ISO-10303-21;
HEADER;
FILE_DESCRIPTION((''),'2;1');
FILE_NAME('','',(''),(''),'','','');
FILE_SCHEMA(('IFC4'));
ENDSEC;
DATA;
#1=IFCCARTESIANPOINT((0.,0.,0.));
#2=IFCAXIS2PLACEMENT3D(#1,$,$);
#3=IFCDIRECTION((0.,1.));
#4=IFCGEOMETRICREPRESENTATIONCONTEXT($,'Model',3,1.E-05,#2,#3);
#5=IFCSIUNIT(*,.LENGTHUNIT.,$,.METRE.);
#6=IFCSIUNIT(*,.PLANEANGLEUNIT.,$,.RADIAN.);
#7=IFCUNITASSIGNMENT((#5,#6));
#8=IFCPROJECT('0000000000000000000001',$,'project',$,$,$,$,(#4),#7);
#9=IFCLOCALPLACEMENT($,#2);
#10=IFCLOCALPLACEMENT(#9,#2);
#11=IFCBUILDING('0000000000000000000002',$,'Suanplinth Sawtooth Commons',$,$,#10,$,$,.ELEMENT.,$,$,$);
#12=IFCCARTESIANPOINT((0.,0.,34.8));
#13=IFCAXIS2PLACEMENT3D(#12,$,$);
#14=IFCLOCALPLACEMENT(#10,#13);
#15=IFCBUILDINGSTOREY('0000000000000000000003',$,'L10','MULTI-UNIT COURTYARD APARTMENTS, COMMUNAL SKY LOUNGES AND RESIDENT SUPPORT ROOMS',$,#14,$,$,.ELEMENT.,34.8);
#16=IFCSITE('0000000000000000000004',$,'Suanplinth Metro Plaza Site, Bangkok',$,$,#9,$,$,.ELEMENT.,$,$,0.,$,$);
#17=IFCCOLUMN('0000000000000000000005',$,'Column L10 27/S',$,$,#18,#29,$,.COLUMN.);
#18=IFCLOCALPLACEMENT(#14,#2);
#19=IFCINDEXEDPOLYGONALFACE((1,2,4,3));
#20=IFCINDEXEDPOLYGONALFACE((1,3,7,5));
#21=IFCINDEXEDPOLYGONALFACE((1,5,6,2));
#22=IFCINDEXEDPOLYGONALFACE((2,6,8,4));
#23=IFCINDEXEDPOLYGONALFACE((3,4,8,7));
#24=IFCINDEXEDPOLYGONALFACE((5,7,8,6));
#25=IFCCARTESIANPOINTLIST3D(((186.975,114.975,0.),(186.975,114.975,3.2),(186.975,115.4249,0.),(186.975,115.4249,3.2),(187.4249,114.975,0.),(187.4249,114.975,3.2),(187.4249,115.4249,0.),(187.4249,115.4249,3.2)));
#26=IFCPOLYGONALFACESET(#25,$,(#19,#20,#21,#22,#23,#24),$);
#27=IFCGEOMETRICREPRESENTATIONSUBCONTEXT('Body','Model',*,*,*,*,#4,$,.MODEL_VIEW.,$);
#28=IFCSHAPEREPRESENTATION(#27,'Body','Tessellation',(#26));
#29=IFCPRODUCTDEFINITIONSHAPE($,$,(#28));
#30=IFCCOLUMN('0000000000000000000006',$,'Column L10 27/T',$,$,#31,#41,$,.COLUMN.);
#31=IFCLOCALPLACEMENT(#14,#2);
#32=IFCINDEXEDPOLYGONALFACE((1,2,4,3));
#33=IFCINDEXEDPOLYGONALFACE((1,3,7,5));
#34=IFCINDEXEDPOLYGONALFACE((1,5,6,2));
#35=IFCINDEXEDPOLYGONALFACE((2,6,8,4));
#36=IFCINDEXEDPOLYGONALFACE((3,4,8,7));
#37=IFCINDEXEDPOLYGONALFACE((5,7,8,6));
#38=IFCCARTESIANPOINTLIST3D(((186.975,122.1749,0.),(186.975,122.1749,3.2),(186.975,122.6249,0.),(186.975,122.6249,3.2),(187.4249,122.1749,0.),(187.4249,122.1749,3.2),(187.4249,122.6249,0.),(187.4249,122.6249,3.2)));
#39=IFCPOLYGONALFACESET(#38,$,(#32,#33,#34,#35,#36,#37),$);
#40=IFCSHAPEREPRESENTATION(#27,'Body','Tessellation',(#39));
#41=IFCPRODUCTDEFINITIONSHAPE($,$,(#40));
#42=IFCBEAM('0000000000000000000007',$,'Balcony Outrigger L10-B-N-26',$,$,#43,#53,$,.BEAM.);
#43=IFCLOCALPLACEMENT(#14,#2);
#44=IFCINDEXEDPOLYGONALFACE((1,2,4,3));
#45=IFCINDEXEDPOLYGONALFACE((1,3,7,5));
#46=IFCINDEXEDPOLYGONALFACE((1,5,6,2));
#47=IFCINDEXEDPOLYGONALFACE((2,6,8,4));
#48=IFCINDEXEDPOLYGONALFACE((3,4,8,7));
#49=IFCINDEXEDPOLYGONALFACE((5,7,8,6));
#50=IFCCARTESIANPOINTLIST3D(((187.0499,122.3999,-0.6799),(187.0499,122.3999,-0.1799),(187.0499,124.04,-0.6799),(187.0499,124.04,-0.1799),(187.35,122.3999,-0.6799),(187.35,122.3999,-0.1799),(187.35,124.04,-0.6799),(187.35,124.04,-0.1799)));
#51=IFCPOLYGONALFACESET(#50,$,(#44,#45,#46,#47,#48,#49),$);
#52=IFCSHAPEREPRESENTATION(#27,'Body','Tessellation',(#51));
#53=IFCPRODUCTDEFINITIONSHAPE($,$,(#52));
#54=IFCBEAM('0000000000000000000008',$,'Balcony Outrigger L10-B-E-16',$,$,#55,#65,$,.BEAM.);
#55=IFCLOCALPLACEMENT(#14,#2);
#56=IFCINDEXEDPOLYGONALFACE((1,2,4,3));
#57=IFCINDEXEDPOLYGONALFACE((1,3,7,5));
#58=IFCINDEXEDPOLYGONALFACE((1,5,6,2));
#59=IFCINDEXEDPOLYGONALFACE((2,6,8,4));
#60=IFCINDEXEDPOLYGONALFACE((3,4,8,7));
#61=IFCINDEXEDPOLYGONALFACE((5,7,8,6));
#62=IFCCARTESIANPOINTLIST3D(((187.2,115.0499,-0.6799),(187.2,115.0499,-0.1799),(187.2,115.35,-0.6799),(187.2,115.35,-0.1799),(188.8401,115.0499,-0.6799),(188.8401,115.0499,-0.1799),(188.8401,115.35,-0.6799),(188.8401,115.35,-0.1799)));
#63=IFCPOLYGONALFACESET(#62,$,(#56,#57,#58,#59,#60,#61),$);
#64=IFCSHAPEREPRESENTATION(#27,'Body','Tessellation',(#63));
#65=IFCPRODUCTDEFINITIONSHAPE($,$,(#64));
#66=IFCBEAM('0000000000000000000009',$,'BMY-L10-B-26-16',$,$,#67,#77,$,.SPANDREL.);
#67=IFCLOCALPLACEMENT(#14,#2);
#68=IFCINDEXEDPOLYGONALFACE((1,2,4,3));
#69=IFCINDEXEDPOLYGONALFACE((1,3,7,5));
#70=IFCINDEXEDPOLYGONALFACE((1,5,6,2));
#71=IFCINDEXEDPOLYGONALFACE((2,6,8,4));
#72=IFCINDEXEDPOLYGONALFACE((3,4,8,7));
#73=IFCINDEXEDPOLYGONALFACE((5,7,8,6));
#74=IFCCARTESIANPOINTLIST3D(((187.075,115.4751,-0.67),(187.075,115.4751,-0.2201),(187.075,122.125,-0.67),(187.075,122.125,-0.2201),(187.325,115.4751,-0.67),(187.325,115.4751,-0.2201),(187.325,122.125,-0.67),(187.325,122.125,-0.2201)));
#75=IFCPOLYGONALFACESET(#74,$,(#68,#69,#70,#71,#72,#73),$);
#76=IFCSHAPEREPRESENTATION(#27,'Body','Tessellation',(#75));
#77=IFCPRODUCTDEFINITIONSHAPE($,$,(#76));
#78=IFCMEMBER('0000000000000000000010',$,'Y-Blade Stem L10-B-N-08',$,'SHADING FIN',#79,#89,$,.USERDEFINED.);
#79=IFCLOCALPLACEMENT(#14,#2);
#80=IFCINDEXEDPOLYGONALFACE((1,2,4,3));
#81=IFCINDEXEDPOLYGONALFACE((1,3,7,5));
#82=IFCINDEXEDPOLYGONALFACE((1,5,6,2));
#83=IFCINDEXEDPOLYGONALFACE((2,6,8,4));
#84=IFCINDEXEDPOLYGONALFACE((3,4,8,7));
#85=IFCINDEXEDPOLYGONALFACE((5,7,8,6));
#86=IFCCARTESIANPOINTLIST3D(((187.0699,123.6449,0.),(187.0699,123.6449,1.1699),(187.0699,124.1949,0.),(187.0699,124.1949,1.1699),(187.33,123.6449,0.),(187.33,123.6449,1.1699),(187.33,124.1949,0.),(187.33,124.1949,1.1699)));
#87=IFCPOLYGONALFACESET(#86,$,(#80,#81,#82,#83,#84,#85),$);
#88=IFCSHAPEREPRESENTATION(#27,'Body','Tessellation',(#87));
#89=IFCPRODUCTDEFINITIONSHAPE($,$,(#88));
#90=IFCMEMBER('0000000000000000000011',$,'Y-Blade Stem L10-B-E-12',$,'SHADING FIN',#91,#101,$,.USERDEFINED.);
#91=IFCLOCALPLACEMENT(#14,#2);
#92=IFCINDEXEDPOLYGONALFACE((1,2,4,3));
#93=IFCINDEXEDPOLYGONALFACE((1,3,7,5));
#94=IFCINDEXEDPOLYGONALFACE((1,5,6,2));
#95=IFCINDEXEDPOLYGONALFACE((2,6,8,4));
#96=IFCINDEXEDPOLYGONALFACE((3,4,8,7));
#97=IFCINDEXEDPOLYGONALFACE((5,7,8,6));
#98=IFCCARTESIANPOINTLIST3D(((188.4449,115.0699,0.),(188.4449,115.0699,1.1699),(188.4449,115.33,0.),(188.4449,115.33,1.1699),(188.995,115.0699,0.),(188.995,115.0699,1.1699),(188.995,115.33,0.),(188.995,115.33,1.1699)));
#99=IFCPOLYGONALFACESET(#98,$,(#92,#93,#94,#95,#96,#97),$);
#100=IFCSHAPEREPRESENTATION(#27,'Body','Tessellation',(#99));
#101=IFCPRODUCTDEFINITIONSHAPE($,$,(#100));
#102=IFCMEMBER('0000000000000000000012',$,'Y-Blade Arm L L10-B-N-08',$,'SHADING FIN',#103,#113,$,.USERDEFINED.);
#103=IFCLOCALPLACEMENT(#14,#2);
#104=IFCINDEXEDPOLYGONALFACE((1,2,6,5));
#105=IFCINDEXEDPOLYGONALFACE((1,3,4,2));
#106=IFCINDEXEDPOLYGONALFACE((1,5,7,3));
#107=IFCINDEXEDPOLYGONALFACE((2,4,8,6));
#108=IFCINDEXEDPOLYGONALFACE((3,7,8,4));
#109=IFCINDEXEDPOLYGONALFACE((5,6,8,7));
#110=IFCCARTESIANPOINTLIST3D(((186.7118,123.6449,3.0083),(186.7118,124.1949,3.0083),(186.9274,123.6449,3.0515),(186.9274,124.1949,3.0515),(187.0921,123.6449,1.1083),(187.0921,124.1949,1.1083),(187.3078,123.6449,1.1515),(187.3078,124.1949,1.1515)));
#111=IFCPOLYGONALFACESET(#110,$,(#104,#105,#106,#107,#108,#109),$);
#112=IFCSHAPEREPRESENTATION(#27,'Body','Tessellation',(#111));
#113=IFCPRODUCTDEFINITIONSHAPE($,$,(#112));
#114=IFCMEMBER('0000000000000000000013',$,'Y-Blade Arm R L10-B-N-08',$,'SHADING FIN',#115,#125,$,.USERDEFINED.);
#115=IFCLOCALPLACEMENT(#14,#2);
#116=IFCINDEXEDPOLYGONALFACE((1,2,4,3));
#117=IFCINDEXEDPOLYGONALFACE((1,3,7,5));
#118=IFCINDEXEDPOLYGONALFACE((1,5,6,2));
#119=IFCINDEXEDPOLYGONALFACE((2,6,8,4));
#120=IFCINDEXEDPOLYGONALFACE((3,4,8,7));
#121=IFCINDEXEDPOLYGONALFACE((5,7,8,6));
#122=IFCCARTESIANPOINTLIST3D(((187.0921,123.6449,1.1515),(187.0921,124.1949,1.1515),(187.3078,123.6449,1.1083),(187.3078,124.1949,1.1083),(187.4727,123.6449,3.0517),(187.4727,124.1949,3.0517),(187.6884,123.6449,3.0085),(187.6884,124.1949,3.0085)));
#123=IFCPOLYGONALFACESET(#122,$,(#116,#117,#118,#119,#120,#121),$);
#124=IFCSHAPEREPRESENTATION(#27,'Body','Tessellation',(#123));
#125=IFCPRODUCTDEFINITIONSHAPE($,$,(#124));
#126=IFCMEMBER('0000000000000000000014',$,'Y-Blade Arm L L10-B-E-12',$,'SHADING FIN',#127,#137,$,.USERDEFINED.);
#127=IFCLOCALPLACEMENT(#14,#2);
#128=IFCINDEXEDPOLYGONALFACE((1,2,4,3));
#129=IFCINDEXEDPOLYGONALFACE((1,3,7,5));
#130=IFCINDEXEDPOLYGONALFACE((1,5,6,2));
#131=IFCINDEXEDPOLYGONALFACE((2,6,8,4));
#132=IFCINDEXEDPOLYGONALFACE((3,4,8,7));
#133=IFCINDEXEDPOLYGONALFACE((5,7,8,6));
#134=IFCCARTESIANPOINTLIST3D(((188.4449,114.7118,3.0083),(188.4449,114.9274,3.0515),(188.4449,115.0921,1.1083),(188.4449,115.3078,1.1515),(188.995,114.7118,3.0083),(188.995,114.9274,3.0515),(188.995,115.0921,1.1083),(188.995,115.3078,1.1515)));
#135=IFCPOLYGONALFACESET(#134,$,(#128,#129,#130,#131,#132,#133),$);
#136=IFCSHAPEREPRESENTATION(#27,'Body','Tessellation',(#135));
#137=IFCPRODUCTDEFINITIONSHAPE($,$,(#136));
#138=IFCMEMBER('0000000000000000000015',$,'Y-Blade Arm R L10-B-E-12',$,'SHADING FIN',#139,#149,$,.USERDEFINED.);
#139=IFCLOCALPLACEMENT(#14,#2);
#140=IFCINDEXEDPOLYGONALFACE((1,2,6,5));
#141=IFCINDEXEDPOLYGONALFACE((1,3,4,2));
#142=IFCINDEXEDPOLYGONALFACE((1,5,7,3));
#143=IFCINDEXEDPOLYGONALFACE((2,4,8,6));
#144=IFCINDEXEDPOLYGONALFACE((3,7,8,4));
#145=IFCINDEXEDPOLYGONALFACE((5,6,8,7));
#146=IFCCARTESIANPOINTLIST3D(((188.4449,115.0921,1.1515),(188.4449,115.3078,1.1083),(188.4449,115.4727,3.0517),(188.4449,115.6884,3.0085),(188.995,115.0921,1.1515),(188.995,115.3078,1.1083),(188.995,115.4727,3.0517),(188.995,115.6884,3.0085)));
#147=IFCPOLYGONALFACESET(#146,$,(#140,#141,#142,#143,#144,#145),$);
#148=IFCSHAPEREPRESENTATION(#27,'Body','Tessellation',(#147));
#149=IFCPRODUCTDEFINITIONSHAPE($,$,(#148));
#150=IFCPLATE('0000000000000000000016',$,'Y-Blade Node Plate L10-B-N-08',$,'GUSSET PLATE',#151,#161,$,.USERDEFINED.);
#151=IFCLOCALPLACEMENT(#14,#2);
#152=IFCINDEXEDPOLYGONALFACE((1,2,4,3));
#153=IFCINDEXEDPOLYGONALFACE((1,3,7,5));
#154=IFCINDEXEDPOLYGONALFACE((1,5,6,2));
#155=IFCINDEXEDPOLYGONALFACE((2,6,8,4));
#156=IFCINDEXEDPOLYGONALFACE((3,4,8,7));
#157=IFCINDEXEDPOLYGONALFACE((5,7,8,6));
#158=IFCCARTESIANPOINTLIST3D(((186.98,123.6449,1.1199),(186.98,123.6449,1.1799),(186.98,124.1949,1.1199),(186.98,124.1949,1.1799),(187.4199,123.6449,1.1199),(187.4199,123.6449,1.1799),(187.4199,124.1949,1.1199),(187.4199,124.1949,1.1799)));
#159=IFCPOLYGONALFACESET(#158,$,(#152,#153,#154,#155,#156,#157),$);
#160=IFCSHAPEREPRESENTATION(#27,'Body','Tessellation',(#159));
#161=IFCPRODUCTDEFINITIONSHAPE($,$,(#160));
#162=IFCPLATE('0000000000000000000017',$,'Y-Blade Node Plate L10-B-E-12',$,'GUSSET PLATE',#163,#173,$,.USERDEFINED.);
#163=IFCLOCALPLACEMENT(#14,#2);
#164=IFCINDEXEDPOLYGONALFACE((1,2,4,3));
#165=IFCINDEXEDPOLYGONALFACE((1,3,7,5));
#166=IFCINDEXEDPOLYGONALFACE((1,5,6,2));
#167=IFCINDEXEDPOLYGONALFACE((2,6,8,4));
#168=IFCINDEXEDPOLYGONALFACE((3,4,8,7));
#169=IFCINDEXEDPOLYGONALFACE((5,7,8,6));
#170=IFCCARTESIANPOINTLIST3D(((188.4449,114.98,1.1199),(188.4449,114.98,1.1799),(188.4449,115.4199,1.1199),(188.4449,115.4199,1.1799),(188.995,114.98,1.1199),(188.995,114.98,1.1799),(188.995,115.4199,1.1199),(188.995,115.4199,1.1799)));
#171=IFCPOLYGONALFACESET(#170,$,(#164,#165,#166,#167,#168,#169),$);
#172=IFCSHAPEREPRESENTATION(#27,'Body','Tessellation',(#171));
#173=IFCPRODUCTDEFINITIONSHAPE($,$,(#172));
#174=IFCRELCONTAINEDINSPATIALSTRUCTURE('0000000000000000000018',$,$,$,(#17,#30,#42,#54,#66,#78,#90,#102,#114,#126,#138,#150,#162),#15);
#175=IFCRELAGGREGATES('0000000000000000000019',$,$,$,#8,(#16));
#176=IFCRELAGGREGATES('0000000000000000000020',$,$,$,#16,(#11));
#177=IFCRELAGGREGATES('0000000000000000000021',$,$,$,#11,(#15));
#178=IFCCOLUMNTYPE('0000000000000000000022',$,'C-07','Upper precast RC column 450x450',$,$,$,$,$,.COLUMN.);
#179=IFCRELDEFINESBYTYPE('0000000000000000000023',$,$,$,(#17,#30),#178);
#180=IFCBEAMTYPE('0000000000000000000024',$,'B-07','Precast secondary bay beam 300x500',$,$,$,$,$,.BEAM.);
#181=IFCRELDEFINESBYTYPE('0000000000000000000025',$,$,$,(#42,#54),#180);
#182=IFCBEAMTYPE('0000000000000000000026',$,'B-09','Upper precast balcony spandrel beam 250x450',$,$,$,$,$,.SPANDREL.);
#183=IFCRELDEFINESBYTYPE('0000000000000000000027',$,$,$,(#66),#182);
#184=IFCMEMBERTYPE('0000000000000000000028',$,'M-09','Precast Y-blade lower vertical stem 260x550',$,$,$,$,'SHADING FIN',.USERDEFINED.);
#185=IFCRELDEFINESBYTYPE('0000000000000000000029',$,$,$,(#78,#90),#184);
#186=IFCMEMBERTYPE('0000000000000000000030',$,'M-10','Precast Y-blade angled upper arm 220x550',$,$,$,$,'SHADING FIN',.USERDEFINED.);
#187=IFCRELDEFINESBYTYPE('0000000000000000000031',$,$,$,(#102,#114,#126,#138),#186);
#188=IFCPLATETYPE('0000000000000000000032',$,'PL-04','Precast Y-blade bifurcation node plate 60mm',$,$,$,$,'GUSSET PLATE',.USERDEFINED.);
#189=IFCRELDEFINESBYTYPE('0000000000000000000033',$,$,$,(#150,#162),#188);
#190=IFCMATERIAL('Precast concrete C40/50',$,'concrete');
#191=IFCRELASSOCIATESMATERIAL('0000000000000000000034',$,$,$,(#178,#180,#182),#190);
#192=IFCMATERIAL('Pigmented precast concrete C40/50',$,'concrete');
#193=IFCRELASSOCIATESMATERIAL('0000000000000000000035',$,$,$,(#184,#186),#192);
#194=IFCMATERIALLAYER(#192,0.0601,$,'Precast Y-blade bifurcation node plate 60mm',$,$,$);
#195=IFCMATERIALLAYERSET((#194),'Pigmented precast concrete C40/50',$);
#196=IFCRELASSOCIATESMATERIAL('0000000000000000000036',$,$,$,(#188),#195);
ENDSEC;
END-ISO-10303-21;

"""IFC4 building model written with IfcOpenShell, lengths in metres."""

from ifc_helpers import new_model, si_unit, direction, frame, origin, origin_2d, place, context, subcontext, project, spatial, rectangle, extrude, material, layer, layer_set, material_profile, profile_set, type_object, element, save


model = new_model("IFC4")

# Units and contexts
model_context = context("Model", 3, precision=1e-05, world=origin(), true_north=direction((0.0, 1.0)))
body_context = subcontext(model_context, "Body", "Model", "MODEL_VIEW")
ifc_project = project(units=[si_unit("LENGTHUNIT", "METRE"), si_unit("PLANEANGLEUNIT", "RADIAN")], contexts=[model_context])

# Site, building, storey
site_placement = place(None, origin())
site = spatial("IfcSite", under=ifc_project, at=site_placement, Name="Suanplinth Metro Plaza Site, Bangkok", CompositionType="ELEMENT", RefElevation=0.0)
building_placement = place(site_placement, origin())
building = spatial("IfcBuilding", under=site, at=building_placement, Name="Suanplinth Sawtooth Commons", CompositionType="ELEMENT")
storey_placement = place(building_placement, frame((0.0, 0.0, 34.8)))
storey = spatial("IfcBuildingStorey", under=building, at=storey_placement, Name="L10", Description="MULTI-UNIT COURTYARD APARTMENTS, COMMUNAL SKY LOUNGES AND RESIDENT SUPPORT ROOMS", CompositionType="ELEMENT", Elevation=34.8)

# Columns
ifc_material_1 = material(Name="Precast concrete C40/50", Category="concrete")
ifc_material_profile_1 = material_profile(ifc_material_1, rectangle(XDim=0.45, YDim=0.45, at=origin_2d()), Name="PC-COL 450x450")
ifc_profile_set_1 = profile_set([ifc_material_profile_1], Name="Precast concrete C40/50")
column_type = type_object("IfcColumnType", Name="C-07", Description="Upper precast RC column 450x450", PredefinedType="COLUMN", material=ifc_profile_set_1)
for number, where, z_axis, x_axis, name in (
    (1, (187.2, 115.2, 0.0), (0.0, 0.0, 1.0), (1.0, 0.0, 0.0), "Column L10 27/S"),
    (2, (187.2, 122.3999, 0.0), (0.0, 0.0, 1.0), (1.0, 0.0, 0.0), "Column L10 27/T"),
):
    element("IfcColumn", number, at=place(storey_placement, frame(where, z_axis=z_axis, x_axis=x_axis)), inside=storey, type_object=column_type, Name=name, PredefinedType="COLUMN", context=body_context, shape_type="SweptSolid", body=[
        extrude(rectangle(XDim=0.45, YDim=0.45, at=origin_2d()), origin(), (0.0, 0.0, 1.0), 3.2),
    ])

# Beams
ifc_material_profile_2 = material_profile(ifc_material_1, rectangle(XDim=0.3, YDim=0.5, at=origin_2d()), Name="PC-BM 300x500")
ifc_profile_set_2 = profile_set([ifc_material_profile_2], Name="Precast concrete C40/50")
beam_type_1 = type_object("IfcBeamType", Name="B-07", Description="Precast secondary bay beam 300x500", PredefinedType="BEAM", material=ifc_profile_set_2)
for number, where, z_axis, x_axis, name in (
    (3, (187.2, 122.3999, -0.4299), (0.0, 1.0, 0.0), (-1.0, 0.0, 0.0), "Balcony Outrigger L10-B-N-26"),
    (4, (187.2, 115.2, -0.4299), (1.0, 0.0, 0.0), (0.0, 1.0, 0.0), "Balcony Outrigger L10-B-E-16"),
):
    element("IfcBeam", number, at=place(storey_placement, frame(where, z_axis=z_axis, x_axis=x_axis)), inside=storey, type_object=beam_type_1, Name=name, PredefinedType="BEAM", context=body_context, shape_type="SweptSolid", body=[
        extrude(rectangle(XDim=0.3, YDim=0.5, at=origin_2d()), origin(), (0.0, 0.0, 1.0), 1.6401),
    ])
ifc_material_profile_3 = material_profile(ifc_material_1, rectangle(XDim=0.25, YDim=0.45, at=origin_2d()), Name="PC-SP 250x450")
ifc_profile_set_3 = profile_set([ifc_material_profile_3], Name="Precast concrete C40/50")
beam_type_2 = type_object("IfcBeamType", Name="B-09", Description="Upper precast balcony spandrel beam 250x450", PredefinedType="SPANDREL", material=ifc_profile_set_3)
beam_placement = place(storey_placement, frame((187.2, 115.4751, -0.4451), z_axis=(0.0, 1.0, 0.0), x_axis=(-1.0, 0.0, 0.0)))
element("IfcBeam", 5, at=beam_placement, inside=storey, type_object=beam_type_2, Name="BMY-L10-B-26-16", PredefinedType="SPANDREL", context=body_context, shape_type="SweptSolid", body=[
    extrude(rectangle(XDim=0.25, YDim=0.45, at=origin_2d()), origin(), (0.0, 0.0, 1.0), 6.6499),
])

# Members
ifc_material_2 = material(Name="Pigmented precast concrete C40/50", Category="concrete")
ifc_material_profile_4 = material_profile(ifc_material_2, rectangle(XDim=0.26, YDim=0.55, at=origin_2d()), Name="PC-FIN 260x550")
ifc_profile_set_4 = profile_set([ifc_material_profile_4], Name="Pigmented precast concrete C40/50")
member_type_1 = type_object("IfcMemberType", Name="M-09", Description="Precast Y-blade lower vertical stem 260x550", ElementType="SHADING FIN", PredefinedType="USERDEFINED", material=ifc_profile_set_4)
for number, where, z_axis, x_axis, name in (
    (6, (187.2, 123.9199, 0.0), (0.0, 0.0, 1.0), (1.0, 0.0, 0.0), "Y-Blade Stem L10-B-N-08"),
    (7, (188.72, 115.2, 0.0), (0.0, 0.0, 1.0), (0.0, 1.0, 0.0), "Y-Blade Stem L10-B-E-12"),
):
    element("IfcMember", number, at=place(storey_placement, frame(where, z_axis=z_axis, x_axis=x_axis)), inside=storey, type_object=member_type_1, Name=name, ObjectType="SHADING FIN", PredefinedType="USERDEFINED", context=body_context, shape_type="SweptSolid", body=[
        extrude(rectangle(XDim=0.26, YDim=0.55, at=origin_2d()), origin(), (0.0, 0.0, 1.0), 1.1699),
    ])
ifc_material_profile_5 = material_profile(ifc_material_2, rectangle(XDim=0.22, YDim=0.55, at=origin_2d()), Name="PC-FIN 220x550")
ifc_profile_set_5 = profile_set([ifc_material_profile_5], Name="Pigmented precast concrete C40/50")
member_type_2 = type_object("IfcMemberType", Name="M-10", Description="Precast Y-blade angled upper arm 220x550", ElementType="SHADING FIN", PredefinedType="USERDEFINED", material=ifc_profile_set_5)
member_1_placement = place(storey_placement, frame((187.2, 123.9199, 1.1299), z_axis=(-0.196286, 0.0, 0.980547), x_axis=(0.980547, 0.0, 0.196286)))
element("IfcMember", 8, at=member_1_placement, inside=storey, type_object=member_type_2, Name="Y-Blade Arm L L10-B-N-08", ObjectType="SHADING FIN", PredefinedType="USERDEFINED", context=body_context, shape_type="SweptSolid", body=[
    extrude(rectangle(XDim=0.22, YDim=0.55, at=origin_2d()), origin(), (0.0, 0.0, 1.0), 1.9377),
])
member_2_placement = place(storey_placement, frame((187.2, 123.9199, 1.1299), z_axis=(0.196407, 0.0, 0.980522), x_axis=(-0.980522, 0.0, 0.196407)))
element("IfcMember", 9, at=member_2_placement, inside=storey, type_object=member_type_2, Name="Y-Blade Arm R L10-B-N-08", ObjectType="SHADING FIN", PredefinedType="USERDEFINED", context=body_context, shape_type="SweptSolid", body=[
    extrude(rectangle(XDim=0.22, YDim=0.55, at=origin_2d()), origin(), (0.0, 0.0, 1.0), 1.938),
])
member_3_placement = place(storey_placement, frame((188.72, 115.2, 1.1299), z_axis=(0.0, -0.196286, 0.980547), x_axis=(0.0, 0.980547, 0.196286)))
element("IfcMember", 10, at=member_3_placement, inside=storey, type_object=member_type_2, Name="Y-Blade Arm L L10-B-E-12", ObjectType="SHADING FIN", PredefinedType="USERDEFINED", context=body_context, shape_type="SweptSolid", body=[
    extrude(rectangle(XDim=0.22, YDim=0.55, at=origin_2d()), origin(), (0.0, 0.0, 1.0), 1.9377),
])
member_4_placement = place(storey_placement, frame((188.72, 115.2, 1.1299), z_axis=(0.0, 0.196407, 0.980522), x_axis=(0.0, -0.980522, 0.196407)))
element("IfcMember", 11, at=member_4_placement, inside=storey, type_object=member_type_2, Name="Y-Blade Arm R L10-B-E-12", ObjectType="SHADING FIN", PredefinedType="USERDEFINED", context=body_context, shape_type="SweptSolid", body=[
    extrude(rectangle(XDim=0.22, YDim=0.55, at=origin_2d()), origin(), (0.0, 0.0, 1.0), 1.938),
])

# Plates
ifc_layer_1 = layer(ifc_material_2, 0.0601, Name="Precast Y-blade bifurcation node plate 60mm")
ifc_layer_set_1 = layer_set([ifc_layer_1], Name="Pigmented precast concrete C40/50")
plate_type = type_object("IfcPlateType", Name="PL-04", Description="Precast Y-blade bifurcation node plate 60mm", ElementType="GUSSET PLATE", PredefinedType="USERDEFINED", material=ifc_layer_set_1)
for number, where, z_axis, x_axis, name in (
    (12, (187.2, 123.9199, 1.1199), (0.0, 0.0, 1.0), (1.0, 0.0, 0.0), "Y-Blade Node Plate L10-B-N-08"),
    (13, (188.72, 115.2, 1.1199), (0.0, 0.0, 1.0), (0.0, 1.0, 0.0), "Y-Blade Node Plate L10-B-E-12"),
):
    element("IfcPlate", number, at=place(storey_placement, frame(where, z_axis=z_axis, x_axis=x_axis)), inside=storey, type_object=plate_type, Name=name, ObjectType="GUSSET PLATE", PredefinedType="USERDEFINED", context=body_context, shape_type="SweptSolid", body=[
        extrude(rectangle(XDim=0.4399, YDim=0.55, at=origin_2d()), origin(), (0.0, 0.0, 1.0), 0.0601),
    ])

save(model, "model.ifc")
